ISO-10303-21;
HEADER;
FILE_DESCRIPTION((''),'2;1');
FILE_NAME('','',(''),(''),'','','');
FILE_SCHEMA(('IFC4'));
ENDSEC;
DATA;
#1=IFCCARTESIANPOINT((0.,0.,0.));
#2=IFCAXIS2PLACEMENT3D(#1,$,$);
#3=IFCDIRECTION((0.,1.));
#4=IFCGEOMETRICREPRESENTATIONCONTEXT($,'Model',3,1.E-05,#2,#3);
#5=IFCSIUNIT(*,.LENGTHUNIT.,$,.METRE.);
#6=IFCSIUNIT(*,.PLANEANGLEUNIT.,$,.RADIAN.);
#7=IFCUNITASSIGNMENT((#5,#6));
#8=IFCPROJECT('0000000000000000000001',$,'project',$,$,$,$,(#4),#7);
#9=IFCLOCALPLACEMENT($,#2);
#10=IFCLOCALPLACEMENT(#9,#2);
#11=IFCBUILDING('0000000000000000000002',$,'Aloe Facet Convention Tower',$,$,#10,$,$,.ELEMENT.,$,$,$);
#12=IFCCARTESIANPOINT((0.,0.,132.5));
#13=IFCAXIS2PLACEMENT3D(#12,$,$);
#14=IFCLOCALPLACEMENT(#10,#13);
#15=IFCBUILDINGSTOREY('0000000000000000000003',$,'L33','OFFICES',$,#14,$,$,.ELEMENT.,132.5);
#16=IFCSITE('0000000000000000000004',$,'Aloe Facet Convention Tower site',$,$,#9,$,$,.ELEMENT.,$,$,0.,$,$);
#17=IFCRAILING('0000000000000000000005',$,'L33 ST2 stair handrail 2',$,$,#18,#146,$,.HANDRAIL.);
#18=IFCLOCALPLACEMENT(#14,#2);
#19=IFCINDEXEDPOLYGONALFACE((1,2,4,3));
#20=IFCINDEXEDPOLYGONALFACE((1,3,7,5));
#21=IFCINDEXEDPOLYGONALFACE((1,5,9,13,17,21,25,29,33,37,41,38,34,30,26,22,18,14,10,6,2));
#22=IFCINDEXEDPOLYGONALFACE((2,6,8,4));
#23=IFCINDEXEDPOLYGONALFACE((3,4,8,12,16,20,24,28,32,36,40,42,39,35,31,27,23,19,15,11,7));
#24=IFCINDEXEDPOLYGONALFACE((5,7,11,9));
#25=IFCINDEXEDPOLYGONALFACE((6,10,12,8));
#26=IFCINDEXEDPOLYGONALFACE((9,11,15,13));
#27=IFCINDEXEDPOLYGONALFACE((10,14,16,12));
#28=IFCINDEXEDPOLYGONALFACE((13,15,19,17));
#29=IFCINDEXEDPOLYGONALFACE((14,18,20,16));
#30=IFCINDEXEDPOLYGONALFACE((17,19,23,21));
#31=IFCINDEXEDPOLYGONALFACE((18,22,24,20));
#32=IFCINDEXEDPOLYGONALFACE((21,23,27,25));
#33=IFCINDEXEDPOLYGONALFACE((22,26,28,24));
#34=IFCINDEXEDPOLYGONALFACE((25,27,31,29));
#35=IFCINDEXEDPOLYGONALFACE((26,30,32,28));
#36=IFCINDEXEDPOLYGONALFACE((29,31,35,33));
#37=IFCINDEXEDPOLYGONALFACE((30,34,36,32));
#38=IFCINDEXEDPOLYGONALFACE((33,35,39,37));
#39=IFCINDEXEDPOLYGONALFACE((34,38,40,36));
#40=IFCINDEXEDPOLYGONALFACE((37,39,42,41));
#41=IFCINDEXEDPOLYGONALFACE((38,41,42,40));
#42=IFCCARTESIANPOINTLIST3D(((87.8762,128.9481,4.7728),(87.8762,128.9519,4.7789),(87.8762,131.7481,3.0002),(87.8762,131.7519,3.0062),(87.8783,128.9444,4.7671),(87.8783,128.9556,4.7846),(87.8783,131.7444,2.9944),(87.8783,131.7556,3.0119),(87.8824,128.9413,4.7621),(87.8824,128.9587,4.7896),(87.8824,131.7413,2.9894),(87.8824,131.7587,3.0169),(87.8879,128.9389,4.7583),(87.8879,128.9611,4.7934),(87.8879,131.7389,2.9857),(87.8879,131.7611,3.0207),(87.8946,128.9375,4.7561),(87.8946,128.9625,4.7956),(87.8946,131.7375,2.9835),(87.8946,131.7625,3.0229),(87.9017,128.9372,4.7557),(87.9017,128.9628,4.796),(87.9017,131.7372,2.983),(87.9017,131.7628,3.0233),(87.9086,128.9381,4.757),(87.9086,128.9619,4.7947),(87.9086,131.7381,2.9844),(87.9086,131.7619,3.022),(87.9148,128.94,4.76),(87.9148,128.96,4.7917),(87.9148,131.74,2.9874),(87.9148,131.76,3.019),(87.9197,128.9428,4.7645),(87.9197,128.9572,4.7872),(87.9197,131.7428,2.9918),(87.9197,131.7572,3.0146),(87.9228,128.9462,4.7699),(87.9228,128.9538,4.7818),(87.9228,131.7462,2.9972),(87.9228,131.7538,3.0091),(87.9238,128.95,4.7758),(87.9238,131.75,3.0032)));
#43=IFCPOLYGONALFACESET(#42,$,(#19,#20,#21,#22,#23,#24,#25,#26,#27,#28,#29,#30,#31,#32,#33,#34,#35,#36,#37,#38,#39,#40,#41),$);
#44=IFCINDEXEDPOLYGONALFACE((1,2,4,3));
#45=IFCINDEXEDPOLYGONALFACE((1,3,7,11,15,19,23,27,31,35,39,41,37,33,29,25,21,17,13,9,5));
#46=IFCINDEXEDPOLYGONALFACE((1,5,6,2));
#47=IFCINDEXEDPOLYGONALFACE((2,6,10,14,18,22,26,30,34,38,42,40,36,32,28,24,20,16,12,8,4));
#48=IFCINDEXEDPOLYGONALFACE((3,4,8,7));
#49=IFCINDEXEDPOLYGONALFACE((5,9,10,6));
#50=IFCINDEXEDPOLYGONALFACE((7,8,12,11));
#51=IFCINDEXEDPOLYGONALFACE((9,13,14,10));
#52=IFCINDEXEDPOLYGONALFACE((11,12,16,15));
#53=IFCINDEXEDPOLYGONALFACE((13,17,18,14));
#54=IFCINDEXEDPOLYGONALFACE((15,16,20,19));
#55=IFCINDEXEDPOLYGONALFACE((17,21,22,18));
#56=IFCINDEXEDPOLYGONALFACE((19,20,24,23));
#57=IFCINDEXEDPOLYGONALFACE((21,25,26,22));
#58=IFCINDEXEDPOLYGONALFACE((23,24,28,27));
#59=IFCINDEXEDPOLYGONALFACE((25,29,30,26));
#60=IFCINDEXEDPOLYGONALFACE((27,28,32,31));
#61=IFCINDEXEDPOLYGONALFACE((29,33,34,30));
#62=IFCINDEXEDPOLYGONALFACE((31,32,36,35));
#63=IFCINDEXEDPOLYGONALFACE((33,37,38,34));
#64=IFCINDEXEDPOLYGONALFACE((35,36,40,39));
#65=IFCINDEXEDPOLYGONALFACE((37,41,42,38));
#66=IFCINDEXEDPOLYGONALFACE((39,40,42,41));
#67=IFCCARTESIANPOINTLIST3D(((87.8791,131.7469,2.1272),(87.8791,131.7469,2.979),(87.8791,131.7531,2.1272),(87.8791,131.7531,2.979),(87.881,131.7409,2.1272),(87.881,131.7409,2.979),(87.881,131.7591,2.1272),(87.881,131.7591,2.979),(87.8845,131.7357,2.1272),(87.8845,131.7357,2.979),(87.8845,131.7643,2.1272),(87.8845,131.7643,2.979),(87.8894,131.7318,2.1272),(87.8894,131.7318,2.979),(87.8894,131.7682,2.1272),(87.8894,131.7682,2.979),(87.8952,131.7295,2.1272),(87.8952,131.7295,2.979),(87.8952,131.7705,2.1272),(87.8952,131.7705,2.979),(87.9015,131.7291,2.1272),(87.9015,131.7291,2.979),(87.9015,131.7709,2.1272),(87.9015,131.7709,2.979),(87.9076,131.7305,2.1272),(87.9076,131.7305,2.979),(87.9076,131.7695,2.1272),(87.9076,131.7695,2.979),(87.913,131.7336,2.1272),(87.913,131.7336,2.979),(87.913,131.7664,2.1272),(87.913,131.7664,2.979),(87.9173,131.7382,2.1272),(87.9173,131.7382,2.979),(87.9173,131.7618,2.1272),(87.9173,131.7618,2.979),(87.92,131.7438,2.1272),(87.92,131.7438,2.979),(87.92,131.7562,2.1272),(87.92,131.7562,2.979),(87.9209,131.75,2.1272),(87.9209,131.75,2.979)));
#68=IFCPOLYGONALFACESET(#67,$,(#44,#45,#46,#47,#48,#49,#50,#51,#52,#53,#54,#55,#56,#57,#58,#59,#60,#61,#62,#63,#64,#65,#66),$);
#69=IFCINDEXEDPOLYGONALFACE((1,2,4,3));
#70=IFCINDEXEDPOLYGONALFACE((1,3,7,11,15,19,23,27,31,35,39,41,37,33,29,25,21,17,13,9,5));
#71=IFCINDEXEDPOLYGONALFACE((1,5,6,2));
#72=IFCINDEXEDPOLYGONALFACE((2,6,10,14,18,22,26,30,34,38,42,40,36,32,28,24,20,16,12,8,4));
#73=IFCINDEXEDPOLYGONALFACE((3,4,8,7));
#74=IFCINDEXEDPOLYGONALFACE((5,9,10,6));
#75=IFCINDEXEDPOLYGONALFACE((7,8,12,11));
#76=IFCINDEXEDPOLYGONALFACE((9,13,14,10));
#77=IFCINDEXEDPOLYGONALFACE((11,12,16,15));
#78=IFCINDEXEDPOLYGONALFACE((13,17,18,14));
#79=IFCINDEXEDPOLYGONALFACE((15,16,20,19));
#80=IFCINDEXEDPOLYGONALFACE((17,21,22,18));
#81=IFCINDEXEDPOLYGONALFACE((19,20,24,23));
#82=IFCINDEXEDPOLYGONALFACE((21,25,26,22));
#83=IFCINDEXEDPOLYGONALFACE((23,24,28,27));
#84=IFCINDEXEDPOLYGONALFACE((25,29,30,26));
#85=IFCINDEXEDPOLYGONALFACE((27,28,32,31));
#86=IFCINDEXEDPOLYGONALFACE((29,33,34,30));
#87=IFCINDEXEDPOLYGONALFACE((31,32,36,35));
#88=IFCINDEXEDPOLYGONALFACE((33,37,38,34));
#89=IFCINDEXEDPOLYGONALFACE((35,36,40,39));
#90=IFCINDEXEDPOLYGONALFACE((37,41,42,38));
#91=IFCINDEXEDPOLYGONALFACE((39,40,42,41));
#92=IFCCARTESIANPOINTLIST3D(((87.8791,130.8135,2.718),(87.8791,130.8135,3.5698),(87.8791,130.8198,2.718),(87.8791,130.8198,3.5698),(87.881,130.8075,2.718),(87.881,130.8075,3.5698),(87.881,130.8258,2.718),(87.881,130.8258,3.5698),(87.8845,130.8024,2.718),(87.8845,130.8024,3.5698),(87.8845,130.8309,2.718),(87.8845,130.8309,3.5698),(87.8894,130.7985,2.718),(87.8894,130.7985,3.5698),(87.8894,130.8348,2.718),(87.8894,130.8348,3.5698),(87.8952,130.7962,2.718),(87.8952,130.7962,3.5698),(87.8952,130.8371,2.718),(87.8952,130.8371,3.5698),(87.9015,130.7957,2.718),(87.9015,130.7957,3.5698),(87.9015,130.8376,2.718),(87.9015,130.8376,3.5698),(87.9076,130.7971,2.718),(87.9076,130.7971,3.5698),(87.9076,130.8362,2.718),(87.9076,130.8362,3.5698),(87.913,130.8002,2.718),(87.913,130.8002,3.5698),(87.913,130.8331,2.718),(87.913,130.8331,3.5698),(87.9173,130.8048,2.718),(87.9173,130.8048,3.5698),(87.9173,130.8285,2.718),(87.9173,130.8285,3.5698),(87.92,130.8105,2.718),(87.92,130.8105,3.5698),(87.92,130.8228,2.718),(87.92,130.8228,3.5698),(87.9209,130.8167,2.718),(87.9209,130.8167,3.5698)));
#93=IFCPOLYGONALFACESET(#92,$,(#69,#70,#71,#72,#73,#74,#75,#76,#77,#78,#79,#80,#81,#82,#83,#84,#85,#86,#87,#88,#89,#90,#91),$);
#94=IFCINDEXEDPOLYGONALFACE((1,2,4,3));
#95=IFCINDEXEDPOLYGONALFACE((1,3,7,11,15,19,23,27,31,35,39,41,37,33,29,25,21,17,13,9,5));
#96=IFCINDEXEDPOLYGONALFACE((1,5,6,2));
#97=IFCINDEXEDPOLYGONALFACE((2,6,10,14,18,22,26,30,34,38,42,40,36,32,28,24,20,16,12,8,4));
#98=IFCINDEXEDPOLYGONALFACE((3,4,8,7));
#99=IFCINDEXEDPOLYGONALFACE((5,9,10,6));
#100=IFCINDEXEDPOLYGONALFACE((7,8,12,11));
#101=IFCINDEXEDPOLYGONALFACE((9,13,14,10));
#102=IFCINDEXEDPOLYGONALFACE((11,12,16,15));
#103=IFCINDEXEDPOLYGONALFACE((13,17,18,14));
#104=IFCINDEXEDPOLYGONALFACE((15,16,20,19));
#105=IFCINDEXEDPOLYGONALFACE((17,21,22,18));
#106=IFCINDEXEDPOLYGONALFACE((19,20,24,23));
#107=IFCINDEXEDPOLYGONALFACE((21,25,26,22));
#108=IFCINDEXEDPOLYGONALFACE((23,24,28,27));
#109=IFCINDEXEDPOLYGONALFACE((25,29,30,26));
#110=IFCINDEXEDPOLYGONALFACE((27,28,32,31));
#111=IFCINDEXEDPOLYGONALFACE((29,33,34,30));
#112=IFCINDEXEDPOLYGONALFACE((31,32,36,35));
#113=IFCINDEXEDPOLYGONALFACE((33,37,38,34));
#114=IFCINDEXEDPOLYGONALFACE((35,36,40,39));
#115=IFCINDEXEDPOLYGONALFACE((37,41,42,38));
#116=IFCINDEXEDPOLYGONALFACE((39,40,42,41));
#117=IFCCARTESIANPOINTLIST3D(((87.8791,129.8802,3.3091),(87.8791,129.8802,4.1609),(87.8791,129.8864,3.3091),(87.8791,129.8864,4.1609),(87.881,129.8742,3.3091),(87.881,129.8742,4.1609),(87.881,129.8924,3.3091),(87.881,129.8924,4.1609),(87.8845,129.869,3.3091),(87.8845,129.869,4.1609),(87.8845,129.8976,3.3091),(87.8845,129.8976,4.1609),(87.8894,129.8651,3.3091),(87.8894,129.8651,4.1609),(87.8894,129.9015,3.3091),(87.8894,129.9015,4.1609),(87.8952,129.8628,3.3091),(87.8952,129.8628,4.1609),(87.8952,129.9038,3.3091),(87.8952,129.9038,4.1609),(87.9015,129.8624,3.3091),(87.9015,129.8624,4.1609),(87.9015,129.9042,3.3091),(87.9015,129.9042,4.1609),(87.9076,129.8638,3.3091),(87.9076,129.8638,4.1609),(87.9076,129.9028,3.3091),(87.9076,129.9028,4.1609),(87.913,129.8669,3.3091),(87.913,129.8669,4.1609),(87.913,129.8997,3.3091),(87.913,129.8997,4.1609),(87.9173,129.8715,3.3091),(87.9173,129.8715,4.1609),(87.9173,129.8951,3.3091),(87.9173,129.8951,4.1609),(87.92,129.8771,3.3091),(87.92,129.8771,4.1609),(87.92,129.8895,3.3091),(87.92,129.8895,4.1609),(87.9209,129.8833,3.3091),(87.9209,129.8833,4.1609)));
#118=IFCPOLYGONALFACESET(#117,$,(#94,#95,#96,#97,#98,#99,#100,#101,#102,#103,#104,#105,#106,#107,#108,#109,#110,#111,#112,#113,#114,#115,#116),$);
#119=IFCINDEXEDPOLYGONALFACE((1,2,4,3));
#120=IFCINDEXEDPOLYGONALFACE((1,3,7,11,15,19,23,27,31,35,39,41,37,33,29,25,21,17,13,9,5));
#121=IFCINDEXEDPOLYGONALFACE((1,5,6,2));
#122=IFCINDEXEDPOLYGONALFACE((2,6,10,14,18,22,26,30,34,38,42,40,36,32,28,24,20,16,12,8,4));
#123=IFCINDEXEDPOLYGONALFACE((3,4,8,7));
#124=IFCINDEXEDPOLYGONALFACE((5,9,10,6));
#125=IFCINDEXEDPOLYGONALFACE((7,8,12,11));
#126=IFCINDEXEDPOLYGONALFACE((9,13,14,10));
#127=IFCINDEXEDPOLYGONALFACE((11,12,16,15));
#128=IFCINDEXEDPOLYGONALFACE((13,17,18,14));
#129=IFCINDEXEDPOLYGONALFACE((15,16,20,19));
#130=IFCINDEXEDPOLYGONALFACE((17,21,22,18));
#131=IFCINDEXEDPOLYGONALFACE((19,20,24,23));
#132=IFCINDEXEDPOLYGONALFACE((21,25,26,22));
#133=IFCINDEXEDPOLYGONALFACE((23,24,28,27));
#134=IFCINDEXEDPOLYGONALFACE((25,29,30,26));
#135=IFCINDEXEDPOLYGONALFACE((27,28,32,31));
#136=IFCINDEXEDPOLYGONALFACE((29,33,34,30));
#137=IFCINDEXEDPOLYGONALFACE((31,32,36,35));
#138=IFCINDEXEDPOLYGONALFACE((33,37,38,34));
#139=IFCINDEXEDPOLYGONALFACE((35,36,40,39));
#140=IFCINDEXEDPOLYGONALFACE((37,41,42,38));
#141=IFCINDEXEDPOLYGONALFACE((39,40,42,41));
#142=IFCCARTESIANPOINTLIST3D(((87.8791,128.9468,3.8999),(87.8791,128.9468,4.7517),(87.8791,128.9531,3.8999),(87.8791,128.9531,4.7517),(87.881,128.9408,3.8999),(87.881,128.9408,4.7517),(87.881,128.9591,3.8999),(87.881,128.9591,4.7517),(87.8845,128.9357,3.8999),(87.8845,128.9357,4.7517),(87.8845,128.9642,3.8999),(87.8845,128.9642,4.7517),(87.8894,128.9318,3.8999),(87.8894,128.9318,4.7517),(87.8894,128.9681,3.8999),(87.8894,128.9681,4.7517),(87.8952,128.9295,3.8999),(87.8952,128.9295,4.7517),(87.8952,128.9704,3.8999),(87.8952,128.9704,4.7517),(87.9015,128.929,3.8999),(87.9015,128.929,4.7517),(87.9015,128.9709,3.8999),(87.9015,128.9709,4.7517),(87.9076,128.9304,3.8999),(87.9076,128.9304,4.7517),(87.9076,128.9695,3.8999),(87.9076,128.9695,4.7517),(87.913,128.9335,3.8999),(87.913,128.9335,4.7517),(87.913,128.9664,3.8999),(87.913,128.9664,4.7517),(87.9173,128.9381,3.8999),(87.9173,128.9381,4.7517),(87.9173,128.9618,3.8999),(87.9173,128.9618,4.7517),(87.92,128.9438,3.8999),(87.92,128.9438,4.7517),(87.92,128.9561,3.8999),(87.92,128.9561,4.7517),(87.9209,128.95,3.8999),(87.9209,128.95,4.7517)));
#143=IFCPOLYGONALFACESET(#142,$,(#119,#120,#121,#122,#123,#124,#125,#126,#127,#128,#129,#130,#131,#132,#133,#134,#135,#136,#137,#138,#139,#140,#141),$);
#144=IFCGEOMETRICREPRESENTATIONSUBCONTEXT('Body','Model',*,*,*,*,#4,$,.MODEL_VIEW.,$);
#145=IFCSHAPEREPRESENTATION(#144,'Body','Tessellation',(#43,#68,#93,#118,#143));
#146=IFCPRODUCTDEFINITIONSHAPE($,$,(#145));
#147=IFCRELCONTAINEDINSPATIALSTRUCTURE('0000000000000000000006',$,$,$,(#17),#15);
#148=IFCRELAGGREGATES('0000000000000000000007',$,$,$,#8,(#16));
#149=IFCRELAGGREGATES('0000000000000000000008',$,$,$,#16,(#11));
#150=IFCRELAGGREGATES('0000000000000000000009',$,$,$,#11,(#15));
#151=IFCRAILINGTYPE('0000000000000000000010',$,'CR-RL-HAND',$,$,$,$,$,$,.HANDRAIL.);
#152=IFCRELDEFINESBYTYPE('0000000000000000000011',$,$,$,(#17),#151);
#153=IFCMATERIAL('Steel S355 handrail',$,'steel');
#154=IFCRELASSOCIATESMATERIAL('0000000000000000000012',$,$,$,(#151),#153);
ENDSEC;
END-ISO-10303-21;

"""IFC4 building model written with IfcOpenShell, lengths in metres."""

from ifc_helpers import new_model, si_unit, direction, frame, origin, origin_2d, place, context, subcontext, project, spatial, circle, extrude, material, type_object, element, save


model = new_model("IFC4")

# Units and contexts
model_context = context("Model", 3, precision=1e-05, world=origin(), true_north=direction((0.0, 1.0)))
body_context = subcontext(model_context, "Body", "Model", "MODEL_VIEW")
ifc_project = project(units=[si_unit("LENGTHUNIT", "METRE"), si_unit("PLANEANGLEUNIT", "RADIAN")], contexts=[model_context])

# Site, building, storey
site_placement = place(None, origin())
site = spatial("IfcSite", under=ifc_project, at=site_placement, Name="Aloe Facet Convention Tower site", CompositionType="ELEMENT", RefElevation=0.0)
building_placement = place(site_placement, origin())
building = spatial("IfcBuilding", under=site, at=building_placement, Name="Aloe Facet Convention Tower", CompositionType="ELEMENT")
storey_placement = place(building_placement, frame((0.0, 0.0, 132.5)))
storey = spatial("IfcBuildingStorey", under=building, at=storey_placement, Name="L33", Description="OFFICES", CompositionType="ELEMENT", Elevation=132.5)

# Railing
ifc_material_1 = material(Name="Steel S355 handrail", Category="steel")
railing_type_1 = type_object("IfcRailingType", Name="CR-RL-HAND", PredefinedType="HANDRAIL", material=ifc_material_1)
railing_1_placement = place(storey_placement, frame((87.8999, 131.75, 2.1272)))
element("IfcRailing", 1, at=railing_1_placement, inside=storey, type_object=railing_type_1, Name="L33 ST2 stair handrail 2", PredefinedType="HANDRAIL", context=body_context, shape_type="SweptSolid", body=[
    extrude(circle(Radius=0.0239, at=origin_2d()), frame((0.0, 0.0, 0.876), z_axis=(0.0, -0.844909, 0.53491), x_axis=(1.0, 0.0, 0.0)), (0.0, 0.0, 1.0), 3.314),
    extrude(circle(Radius=0.021, at=origin_2d()), origin(), (0.0, 0.0, 1.0), 0.8518),
    extrude(circle(Radius=0.021, at=origin_2d()), frame((0.0, -0.9333, 0.5908)), (0.0, 0.0, 1.0), 0.8518),
    extrude(circle(Radius=0.021, at=origin_2d()), frame((0.0, -1.8667, 1.1819)), (0.0, 0.0, 1.0), 0.8518),
    extrude(circle(Radius=0.021, at=origin_2d()), frame((0.0, -2.8, 1.7727)), (0.0, 0.0, 1.0), 0.8518),
])

save(model, "model.ifc")
